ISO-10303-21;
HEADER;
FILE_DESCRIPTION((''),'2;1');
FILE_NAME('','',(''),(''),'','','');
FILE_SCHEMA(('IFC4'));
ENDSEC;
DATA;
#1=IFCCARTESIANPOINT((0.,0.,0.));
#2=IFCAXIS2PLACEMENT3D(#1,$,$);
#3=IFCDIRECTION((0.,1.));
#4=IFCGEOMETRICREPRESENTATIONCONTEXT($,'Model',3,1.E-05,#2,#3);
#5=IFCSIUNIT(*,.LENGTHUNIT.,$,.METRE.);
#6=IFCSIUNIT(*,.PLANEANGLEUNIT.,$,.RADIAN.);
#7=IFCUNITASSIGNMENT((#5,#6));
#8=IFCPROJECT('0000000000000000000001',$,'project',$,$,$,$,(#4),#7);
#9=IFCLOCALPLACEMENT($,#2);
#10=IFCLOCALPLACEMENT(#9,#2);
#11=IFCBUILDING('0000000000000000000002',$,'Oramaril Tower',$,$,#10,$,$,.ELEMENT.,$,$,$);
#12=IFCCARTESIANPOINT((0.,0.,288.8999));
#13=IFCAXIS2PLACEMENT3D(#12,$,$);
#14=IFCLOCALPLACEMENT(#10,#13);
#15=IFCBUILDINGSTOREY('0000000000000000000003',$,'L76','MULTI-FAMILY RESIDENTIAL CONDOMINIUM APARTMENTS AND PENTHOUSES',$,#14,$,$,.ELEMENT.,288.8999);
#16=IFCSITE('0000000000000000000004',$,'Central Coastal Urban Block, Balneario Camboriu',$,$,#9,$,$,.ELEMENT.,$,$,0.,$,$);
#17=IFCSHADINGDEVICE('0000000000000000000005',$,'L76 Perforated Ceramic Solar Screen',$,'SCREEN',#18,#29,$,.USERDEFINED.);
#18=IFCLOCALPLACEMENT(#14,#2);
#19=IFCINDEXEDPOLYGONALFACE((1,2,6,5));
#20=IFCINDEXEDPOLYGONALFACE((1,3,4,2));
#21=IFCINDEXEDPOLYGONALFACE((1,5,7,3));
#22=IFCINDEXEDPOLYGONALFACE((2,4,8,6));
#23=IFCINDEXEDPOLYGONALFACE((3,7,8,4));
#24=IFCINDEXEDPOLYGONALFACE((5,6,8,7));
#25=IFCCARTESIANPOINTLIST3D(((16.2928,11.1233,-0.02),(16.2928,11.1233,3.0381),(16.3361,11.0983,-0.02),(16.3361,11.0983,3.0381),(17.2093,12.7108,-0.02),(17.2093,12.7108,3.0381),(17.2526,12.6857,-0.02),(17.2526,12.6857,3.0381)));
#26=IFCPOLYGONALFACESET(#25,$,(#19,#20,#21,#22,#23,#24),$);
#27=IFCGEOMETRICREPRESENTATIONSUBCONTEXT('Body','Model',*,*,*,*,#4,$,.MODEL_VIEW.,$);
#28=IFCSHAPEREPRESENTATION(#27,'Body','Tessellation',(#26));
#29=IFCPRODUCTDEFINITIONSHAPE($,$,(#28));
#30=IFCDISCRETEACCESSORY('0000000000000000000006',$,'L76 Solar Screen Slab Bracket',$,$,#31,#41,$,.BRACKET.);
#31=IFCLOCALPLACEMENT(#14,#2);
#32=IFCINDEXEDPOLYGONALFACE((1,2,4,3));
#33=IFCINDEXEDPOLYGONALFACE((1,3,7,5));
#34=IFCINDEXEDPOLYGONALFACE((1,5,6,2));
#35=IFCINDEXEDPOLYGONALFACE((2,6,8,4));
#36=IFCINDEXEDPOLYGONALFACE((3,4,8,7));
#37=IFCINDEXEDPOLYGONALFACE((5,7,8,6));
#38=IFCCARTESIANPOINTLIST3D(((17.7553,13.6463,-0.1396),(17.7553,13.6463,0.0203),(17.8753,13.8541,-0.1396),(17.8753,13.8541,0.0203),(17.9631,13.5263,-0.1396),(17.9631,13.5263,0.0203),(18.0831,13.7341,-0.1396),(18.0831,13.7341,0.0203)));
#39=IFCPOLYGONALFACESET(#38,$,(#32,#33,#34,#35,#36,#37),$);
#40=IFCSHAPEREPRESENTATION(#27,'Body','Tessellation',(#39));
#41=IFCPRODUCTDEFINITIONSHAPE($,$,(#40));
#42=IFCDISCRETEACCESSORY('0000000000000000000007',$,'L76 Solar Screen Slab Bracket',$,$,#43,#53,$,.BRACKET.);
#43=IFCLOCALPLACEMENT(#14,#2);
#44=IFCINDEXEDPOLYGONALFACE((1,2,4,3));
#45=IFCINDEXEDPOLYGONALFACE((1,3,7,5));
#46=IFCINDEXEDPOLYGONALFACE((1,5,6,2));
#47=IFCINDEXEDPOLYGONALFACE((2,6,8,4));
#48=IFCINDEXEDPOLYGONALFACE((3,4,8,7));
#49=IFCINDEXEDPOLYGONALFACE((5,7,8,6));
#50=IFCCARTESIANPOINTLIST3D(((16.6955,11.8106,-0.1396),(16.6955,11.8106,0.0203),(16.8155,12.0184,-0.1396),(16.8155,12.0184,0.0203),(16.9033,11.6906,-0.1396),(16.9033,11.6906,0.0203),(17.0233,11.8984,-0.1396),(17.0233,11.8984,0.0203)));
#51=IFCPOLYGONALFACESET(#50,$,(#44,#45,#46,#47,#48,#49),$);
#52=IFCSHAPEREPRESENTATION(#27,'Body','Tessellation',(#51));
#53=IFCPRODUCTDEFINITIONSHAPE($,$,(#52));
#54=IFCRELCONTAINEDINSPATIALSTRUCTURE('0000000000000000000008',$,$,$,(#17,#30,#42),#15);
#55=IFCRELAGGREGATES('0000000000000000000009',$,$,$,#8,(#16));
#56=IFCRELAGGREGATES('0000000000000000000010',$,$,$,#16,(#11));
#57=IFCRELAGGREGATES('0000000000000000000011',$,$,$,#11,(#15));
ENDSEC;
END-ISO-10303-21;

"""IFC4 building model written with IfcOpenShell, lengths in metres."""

from ifc_helpers import new_model, si_unit, direction, frame, origin, origin_2d, place, context, subcontext, project, spatial, rectangle, extrude, element, save


model = new_model("IFC4")

# Units and contexts
model_context = context("Model", 3, precision=1e-05, world=origin(), true_north=direction((0.0, 1.0)))
body_context = subcontext(model_context, "Body", "Model", "MODEL_VIEW")
ifc_project = project(units=[si_unit("LENGTHUNIT", "METRE"), si_unit("PLANEANGLEUNIT", "RADIAN")], contexts=[model_context])

# Site, building, storey
site_placement = place(None, origin())
site = spatial("IfcSite", under=ifc_project, at=site_placement, Name="Central Coastal Urban Block, Balneario Camboriu", CompositionType="ELEMENT", RefElevation=0.0)
building_placement = place(site_placement, origin())
building = spatial("IfcBuilding", under=site, at=building_placement, Name="Oramaril Tower", CompositionType="ELEMENT")
storey_placement = place(building_placement, frame((0.0, 0.0, 288.8999)))
storey = spatial("IfcBuildingStorey", under=building, at=storey_placement, Name="L76", Description="MULTI-FAMILY RESIDENTIAL CONDOMINIUM APARTMENTS AND PENTHOUSES", CompositionType="ELEMENT", Elevation=288.8999)

# Shading device
for number, where, z_axis, x_axis, name in (
    (1, (16.7727, 11.9045, -0.02), (0.0, 0.0, 1.0), (-0.499998, -0.866026, 0.0), "L76 Perforated Ceramic Solar Screen"),
):
    element("IfcShadingDevice", number, at=place(storey_placement, frame(where, z_axis=z_axis, x_axis=x_axis)), inside=storey, Name=name, ObjectType="SCREEN", PredefinedType="USERDEFINED", context=body_context, shape_type="SweptSolid", body=[
        extrude(rectangle(XDim=1.833, YDim=0.05, at=origin_2d()), origin(), (0.0, 0.0, 1.0), 3.0581),
    ])

# Discrete accessories
for number, where, z_axis, x_axis, name in (
    (2, (17.9192, 13.6902, -0.1396), (0.0, 0.0, 1.0), (-0.499998, -0.866026, 0.0), "L76 Solar Screen Slab Bracket"),
    (3, (16.8594, 11.8545, -0.1396), (0.0, 0.0, 1.0), (-0.499998, -0.866026, 0.0), "L76 Solar Screen Slab Bracket"),
):
    element("IfcDiscreteAccessory", number, at=place(storey_placement, frame(where, z_axis=z_axis, x_axis=x_axis)), inside=storey, Name=name, PredefinedType="BRACKET", context=body_context, shape_type="SweptSolid", body=[
        extrude(rectangle(XDim=0.24, YDim=0.24, at=origin_2d()), origin(), (0.0, 0.0, 1.0), 0.1599),
    ])

save(model, "model.ifc")
